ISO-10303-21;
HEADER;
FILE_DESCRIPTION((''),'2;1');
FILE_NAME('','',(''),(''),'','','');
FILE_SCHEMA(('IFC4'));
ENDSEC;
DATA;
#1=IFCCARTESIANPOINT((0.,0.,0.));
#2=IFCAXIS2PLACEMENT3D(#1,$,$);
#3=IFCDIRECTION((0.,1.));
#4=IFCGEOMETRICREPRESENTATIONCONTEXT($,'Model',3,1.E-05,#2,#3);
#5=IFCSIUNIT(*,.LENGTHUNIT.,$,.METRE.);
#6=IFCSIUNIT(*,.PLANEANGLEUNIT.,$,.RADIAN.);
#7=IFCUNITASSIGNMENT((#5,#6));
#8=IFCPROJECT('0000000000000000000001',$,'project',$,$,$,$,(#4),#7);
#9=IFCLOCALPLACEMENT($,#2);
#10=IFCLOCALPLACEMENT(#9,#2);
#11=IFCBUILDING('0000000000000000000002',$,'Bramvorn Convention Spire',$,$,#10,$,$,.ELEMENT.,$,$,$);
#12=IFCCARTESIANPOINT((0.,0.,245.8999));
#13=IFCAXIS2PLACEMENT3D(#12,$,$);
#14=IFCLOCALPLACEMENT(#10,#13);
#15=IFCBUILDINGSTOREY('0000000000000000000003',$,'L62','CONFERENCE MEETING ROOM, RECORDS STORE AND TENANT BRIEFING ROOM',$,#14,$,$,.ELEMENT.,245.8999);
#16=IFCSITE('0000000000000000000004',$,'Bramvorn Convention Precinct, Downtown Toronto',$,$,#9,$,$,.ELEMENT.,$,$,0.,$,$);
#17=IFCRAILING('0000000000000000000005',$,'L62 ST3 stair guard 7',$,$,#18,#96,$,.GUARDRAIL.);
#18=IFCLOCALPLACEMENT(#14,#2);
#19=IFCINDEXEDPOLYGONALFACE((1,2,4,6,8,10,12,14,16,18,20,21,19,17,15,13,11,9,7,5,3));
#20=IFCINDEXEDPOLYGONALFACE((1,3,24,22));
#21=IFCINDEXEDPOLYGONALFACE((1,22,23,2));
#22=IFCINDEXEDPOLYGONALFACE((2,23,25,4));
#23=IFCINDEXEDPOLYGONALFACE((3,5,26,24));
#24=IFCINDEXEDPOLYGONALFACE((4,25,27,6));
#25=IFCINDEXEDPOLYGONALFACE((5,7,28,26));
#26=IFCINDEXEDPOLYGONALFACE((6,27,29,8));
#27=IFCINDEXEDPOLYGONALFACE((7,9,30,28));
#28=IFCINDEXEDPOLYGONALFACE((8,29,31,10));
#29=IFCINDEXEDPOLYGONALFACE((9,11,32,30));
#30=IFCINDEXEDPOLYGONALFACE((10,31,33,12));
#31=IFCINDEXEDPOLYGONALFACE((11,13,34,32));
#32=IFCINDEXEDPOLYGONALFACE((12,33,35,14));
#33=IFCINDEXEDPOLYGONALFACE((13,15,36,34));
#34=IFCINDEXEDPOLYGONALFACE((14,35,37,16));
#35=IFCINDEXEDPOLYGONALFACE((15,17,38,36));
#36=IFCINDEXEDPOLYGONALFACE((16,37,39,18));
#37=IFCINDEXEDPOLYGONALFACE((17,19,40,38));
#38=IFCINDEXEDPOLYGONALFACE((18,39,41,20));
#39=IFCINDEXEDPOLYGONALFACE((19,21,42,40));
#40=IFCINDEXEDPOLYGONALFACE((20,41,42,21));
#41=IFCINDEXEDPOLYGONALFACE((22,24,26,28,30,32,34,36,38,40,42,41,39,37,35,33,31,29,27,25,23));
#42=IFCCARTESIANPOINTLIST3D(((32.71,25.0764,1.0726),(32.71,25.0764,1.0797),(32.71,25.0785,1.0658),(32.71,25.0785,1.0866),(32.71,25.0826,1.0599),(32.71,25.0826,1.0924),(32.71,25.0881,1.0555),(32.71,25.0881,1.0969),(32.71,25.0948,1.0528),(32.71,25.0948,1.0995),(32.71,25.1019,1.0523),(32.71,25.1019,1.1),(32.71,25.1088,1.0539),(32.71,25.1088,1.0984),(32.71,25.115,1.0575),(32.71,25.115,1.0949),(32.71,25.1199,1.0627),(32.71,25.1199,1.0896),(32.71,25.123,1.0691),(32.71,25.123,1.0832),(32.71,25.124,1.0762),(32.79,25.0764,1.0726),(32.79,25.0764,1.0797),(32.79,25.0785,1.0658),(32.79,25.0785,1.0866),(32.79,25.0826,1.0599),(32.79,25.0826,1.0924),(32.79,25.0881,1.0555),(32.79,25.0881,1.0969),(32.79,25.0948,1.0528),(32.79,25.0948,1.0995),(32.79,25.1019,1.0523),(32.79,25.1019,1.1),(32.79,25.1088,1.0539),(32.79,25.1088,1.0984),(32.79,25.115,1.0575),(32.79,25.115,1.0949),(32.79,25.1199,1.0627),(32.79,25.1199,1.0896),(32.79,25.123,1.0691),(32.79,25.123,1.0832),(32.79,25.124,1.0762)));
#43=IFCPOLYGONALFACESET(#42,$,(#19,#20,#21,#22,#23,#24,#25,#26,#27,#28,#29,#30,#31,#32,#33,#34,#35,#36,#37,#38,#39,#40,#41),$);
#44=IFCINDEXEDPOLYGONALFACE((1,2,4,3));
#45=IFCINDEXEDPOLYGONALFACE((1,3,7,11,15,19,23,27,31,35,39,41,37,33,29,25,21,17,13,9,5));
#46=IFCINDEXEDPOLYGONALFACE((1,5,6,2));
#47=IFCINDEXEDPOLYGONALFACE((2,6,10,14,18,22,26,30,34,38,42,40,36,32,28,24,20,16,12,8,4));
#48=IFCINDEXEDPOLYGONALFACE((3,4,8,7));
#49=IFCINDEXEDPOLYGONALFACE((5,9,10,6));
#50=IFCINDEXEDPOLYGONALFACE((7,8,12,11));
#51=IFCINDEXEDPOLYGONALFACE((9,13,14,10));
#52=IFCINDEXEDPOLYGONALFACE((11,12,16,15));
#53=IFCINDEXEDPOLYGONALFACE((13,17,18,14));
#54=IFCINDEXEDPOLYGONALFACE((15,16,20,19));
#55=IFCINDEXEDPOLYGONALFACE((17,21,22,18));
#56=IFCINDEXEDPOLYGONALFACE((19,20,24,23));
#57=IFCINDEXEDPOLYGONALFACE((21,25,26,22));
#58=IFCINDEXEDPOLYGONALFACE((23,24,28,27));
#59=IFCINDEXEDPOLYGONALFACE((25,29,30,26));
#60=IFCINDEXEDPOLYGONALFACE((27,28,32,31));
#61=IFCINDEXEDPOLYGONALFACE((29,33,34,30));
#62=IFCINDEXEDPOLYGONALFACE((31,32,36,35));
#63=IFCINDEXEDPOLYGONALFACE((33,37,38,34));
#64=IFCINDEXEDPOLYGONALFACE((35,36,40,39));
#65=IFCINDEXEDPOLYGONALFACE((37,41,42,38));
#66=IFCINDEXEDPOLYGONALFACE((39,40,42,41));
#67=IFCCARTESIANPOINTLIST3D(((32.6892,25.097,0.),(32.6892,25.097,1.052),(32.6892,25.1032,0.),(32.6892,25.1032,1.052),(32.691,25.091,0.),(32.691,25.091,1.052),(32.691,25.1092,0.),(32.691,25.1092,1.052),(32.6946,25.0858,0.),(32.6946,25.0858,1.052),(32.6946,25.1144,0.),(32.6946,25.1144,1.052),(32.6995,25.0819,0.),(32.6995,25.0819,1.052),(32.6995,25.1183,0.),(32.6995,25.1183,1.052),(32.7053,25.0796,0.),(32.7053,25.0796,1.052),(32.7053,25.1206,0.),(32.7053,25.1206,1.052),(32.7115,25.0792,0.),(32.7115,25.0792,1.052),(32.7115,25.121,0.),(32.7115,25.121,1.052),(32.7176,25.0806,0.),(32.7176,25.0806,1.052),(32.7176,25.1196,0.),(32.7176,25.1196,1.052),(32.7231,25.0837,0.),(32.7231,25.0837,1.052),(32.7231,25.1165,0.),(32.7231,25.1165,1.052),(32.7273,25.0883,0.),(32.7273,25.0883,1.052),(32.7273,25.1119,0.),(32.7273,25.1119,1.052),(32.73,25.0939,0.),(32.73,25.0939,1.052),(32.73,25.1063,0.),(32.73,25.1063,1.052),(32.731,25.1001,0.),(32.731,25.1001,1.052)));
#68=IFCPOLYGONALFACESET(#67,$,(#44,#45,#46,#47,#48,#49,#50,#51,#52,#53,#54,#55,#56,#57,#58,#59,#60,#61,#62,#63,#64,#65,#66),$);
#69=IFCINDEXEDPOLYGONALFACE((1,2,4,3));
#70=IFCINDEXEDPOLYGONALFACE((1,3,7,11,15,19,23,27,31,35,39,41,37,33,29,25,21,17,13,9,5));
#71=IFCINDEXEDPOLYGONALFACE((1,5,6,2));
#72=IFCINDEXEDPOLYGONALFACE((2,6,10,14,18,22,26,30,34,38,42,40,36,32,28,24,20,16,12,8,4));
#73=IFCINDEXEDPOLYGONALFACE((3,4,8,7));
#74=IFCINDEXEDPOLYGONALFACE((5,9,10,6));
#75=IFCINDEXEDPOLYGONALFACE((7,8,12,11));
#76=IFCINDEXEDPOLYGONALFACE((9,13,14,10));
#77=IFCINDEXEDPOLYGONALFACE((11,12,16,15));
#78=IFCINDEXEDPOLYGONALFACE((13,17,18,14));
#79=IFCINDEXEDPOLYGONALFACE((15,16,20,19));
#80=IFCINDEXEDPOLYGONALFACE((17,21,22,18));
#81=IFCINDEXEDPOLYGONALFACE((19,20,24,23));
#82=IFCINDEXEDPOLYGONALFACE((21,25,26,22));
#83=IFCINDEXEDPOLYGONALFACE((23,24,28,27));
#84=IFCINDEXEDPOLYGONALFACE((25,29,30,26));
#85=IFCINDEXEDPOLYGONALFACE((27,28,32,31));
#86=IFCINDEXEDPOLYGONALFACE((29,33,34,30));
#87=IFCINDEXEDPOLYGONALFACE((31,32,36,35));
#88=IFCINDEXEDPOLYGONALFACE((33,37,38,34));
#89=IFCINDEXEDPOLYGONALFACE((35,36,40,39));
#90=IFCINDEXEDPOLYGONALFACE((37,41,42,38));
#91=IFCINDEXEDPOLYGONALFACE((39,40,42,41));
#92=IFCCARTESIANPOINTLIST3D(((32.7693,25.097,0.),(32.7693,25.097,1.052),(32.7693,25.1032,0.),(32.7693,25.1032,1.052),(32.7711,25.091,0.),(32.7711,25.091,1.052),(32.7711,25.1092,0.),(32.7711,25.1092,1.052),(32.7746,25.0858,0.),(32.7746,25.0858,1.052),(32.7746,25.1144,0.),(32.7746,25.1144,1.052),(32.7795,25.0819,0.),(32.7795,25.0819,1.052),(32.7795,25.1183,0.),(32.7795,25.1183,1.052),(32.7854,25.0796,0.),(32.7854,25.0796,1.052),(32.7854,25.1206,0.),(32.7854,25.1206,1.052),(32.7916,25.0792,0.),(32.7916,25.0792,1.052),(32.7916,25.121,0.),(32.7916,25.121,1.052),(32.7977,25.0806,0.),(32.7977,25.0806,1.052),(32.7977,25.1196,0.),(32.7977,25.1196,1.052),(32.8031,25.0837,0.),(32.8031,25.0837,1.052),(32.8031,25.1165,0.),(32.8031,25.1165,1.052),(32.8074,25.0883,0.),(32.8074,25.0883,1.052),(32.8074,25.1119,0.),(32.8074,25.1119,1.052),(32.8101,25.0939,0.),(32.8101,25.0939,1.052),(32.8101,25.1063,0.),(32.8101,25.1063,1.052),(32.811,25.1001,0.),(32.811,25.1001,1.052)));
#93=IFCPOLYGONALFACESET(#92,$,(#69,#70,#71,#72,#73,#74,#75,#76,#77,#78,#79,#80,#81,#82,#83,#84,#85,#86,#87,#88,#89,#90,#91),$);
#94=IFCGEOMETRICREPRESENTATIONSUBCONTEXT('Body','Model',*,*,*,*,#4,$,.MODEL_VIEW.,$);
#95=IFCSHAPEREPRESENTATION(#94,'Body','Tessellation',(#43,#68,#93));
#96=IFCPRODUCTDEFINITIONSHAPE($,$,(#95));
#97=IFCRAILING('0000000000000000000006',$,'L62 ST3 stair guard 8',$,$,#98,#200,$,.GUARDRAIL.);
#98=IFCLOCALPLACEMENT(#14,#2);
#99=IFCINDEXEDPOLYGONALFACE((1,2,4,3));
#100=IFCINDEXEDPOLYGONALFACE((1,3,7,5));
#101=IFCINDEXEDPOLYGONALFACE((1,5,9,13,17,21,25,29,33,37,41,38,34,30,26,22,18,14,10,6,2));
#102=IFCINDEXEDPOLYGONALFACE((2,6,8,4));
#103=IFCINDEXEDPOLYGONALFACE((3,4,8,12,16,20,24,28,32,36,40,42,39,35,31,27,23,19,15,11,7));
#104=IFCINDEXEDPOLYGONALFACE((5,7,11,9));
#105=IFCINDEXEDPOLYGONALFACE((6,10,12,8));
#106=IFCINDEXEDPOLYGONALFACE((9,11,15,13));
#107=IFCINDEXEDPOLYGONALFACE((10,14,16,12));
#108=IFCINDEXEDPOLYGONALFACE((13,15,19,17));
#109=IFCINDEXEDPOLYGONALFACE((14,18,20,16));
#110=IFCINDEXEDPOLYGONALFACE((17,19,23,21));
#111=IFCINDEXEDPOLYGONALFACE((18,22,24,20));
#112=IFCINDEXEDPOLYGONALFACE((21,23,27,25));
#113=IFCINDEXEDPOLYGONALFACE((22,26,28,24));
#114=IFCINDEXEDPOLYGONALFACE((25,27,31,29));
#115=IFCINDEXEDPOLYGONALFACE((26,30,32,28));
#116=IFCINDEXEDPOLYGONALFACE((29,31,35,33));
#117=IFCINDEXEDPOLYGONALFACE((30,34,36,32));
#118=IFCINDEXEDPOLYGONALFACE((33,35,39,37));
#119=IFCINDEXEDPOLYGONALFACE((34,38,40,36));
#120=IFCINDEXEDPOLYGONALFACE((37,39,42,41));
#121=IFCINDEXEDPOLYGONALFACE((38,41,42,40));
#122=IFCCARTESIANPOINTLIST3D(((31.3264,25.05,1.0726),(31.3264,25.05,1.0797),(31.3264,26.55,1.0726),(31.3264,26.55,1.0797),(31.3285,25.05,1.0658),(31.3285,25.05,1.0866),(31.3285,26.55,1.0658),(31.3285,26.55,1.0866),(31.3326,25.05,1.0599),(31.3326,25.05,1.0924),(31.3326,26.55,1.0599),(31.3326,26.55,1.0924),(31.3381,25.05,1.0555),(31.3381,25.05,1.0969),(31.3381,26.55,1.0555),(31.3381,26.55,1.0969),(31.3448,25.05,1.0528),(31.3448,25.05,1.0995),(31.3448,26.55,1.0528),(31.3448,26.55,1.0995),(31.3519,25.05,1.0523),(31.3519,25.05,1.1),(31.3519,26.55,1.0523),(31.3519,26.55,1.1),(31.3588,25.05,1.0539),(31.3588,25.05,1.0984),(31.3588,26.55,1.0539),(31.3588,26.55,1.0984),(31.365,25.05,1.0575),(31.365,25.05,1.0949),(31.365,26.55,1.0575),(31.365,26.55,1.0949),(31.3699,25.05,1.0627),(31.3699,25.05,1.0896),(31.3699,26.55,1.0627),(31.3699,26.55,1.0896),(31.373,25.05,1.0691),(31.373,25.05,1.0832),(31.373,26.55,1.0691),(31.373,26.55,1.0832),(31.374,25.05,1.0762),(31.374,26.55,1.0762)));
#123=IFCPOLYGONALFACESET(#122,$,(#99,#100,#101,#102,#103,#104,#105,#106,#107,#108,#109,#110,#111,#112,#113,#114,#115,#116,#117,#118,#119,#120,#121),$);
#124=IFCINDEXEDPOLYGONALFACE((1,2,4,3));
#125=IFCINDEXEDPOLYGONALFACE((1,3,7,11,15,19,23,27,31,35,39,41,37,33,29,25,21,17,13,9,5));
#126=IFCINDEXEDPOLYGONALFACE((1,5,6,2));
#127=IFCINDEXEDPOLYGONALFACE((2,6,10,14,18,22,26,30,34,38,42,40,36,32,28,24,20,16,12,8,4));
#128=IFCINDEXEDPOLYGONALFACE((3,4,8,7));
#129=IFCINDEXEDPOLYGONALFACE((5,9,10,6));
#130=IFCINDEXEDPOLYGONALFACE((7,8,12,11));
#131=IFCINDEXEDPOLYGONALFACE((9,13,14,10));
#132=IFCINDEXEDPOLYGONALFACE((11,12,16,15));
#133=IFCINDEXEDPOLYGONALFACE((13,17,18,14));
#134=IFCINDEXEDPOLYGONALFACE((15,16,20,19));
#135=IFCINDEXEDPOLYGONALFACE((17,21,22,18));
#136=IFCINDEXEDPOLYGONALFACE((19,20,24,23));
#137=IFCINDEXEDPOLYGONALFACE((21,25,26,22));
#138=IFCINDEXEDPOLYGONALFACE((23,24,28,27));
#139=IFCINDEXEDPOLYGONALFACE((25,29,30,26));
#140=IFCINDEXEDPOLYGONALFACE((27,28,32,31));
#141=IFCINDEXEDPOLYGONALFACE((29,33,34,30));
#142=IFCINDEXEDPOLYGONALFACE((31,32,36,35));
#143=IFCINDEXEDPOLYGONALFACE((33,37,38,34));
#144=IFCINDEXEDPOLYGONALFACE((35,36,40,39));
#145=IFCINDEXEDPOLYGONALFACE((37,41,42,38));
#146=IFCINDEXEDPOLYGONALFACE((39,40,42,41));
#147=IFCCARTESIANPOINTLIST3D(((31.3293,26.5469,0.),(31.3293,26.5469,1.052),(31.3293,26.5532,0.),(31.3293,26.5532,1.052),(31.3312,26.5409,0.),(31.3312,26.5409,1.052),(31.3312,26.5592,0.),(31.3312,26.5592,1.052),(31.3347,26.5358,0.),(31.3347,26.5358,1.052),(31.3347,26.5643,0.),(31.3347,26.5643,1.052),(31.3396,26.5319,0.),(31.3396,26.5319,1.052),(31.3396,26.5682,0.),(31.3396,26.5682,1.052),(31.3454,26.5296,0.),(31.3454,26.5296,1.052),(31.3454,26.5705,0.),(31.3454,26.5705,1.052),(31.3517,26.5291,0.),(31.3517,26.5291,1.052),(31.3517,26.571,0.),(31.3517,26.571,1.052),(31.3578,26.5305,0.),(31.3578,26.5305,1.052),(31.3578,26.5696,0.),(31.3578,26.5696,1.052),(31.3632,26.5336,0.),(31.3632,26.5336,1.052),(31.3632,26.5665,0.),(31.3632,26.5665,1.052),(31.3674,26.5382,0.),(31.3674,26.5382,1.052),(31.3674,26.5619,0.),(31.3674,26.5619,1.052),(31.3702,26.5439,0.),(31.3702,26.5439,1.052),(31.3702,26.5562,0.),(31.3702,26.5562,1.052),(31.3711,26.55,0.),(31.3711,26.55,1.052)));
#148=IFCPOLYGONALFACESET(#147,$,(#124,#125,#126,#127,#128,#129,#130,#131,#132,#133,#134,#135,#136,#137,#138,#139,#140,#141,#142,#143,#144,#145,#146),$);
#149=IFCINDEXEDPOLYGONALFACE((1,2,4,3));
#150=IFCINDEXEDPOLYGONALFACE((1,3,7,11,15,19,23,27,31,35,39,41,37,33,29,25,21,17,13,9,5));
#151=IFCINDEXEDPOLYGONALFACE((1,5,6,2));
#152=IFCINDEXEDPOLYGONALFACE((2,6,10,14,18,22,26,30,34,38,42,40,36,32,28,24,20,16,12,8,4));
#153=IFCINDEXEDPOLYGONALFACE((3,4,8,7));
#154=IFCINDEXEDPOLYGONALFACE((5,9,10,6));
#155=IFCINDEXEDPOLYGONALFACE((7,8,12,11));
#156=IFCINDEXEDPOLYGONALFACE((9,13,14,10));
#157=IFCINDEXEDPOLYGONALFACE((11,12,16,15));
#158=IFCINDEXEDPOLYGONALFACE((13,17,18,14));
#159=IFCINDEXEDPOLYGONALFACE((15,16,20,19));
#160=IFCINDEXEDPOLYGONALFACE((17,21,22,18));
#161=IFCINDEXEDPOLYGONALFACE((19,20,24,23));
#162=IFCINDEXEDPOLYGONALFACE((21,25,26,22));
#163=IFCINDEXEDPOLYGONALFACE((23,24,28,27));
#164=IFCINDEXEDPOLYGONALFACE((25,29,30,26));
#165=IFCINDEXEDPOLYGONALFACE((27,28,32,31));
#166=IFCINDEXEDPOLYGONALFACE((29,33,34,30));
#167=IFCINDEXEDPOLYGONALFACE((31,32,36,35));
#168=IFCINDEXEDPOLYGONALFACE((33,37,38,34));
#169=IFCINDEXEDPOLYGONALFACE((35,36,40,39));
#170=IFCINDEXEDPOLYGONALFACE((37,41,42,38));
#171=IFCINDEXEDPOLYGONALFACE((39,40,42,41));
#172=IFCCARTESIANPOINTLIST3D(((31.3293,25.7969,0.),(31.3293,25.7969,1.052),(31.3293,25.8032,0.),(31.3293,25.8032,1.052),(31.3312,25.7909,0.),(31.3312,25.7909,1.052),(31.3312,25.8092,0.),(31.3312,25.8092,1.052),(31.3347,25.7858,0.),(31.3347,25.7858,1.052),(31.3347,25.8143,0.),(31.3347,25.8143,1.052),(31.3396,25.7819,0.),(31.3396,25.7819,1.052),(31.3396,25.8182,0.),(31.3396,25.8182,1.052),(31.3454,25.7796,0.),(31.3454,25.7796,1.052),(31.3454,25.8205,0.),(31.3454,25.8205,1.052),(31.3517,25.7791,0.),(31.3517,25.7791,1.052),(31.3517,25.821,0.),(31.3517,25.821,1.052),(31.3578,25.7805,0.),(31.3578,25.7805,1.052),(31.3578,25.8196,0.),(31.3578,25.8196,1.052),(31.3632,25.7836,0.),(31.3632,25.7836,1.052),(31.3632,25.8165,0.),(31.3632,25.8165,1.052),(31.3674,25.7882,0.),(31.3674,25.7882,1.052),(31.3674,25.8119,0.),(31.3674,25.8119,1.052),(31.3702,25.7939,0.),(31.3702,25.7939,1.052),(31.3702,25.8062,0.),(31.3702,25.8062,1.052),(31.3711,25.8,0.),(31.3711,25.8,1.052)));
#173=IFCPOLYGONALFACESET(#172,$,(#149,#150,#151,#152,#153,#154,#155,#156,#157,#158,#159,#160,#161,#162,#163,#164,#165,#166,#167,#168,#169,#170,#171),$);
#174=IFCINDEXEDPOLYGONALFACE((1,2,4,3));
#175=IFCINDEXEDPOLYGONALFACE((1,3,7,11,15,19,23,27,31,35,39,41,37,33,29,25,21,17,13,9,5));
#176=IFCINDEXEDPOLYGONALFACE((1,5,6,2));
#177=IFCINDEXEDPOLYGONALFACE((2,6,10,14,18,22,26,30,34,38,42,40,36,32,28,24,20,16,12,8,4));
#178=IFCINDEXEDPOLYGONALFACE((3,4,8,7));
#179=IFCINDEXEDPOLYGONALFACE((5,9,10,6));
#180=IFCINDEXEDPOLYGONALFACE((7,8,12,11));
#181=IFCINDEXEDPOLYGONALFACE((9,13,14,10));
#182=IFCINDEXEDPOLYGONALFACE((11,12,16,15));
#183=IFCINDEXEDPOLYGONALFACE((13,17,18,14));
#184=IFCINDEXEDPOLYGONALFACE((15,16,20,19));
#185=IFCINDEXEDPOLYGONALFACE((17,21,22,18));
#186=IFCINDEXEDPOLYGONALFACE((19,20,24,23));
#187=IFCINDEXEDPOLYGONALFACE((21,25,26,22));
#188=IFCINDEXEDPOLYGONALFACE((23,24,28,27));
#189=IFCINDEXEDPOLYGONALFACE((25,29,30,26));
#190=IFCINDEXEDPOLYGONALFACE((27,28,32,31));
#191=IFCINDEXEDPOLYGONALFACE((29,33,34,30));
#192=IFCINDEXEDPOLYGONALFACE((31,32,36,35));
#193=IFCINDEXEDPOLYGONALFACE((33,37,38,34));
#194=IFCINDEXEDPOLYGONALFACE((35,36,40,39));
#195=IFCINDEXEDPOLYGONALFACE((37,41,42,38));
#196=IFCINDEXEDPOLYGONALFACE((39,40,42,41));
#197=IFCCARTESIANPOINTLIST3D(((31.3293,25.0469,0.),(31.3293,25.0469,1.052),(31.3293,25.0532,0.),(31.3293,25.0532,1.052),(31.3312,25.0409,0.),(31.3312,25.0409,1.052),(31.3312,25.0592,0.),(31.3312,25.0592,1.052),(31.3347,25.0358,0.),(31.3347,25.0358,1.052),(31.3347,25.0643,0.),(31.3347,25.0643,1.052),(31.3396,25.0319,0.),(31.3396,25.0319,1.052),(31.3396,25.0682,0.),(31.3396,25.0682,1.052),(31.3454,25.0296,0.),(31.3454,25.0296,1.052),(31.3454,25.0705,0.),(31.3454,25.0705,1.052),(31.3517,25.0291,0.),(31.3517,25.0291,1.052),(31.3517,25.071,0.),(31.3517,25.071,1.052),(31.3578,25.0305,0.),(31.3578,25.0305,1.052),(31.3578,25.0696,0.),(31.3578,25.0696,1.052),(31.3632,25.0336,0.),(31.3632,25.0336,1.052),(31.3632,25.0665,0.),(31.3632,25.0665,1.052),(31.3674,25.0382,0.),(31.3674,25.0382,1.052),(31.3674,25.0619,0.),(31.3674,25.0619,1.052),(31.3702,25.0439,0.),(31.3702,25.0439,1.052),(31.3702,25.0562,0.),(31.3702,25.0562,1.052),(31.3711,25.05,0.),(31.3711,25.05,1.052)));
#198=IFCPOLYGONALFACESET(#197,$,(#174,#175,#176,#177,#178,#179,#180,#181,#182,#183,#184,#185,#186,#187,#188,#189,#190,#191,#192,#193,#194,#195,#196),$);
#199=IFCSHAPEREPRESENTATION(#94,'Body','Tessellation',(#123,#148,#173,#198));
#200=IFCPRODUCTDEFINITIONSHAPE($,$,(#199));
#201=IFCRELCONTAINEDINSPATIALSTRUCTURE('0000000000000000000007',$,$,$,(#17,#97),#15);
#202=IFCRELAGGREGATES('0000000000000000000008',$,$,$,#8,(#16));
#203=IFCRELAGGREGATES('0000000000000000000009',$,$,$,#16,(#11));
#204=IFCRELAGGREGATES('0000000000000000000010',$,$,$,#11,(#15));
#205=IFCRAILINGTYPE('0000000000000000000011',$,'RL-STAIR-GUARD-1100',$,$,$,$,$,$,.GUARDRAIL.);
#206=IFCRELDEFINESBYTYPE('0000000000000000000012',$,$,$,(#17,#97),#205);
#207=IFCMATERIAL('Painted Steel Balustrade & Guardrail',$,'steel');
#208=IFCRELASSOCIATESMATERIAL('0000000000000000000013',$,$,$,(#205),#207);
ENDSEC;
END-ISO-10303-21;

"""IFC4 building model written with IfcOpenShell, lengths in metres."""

from ifc_helpers import new_model, si_unit, direction, frame, origin, origin_2d, place, context, subcontext, project, spatial, circle, extrude, material, type_object, element, save


model = new_model("IFC4")

# Units and contexts
model_context = context("Model", 3, precision=1e-05, world=origin(), true_north=direction((0.0, 1.0)))
body_context = subcontext(model_context, "Body", "Model", "MODEL_VIEW")
ifc_project = project(units=[si_unit("LENGTHUNIT", "METRE"), si_unit("PLANEANGLEUNIT", "RADIAN")], contexts=[model_context])

# Site, building, storey
site_placement = place(None, origin())
site = spatial("IfcSite", under=ifc_project, at=site_placement, Name="Bramvorn Convention Precinct, Downtown Toronto", CompositionType="ELEMENT", RefElevation=0.0)
building_placement = place(site_placement, origin())
building = spatial("IfcBuilding", under=site, at=building_placement, Name="Bramvorn Convention Spire", CompositionType="ELEMENT")
storey_placement = place(building_placement, frame((0.0, 0.0, 245.8999)))
storey = spatial("IfcBuildingStorey", under=building, at=storey_placement, Name="L62", Description="CONFERENCE MEETING ROOM, RECORDS STORE AND TENANT BRIEFING ROOM", CompositionType="ELEMENT", Elevation=245.8999)

# Railings
ifc_material_1 = material(Name="Painted Steel Balustrade & Guardrail", Category="steel")
railing_type_1 = type_object("IfcRailingType", Name="RL-STAIR-GUARD-1100", PredefinedType="GUARDRAIL", material=ifc_material_1)
railing_1_placement = place(storey_placement, frame((32.71, 25.1001, 0.0)))
element("IfcRailing", 1, at=railing_1_placement, inside=storey, type_object=railing_type_1, Name="L62 ST3 stair guard 7", PredefinedType="GUARDRAIL", context=body_context, shape_type="SweptSolid", body=[
    extrude(circle(Radius=0.0239, at=origin_2d()), frame((0.0, 0.0, 1.0762), z_axis=(1.0, 0.0, 0.0), x_axis=(0.0, 1.0, 0.0)), (0.0, 0.0, 1.0), 0.0801),
    extrude(circle(Radius=0.021, at=origin_2d()), origin(), (0.0, 0.0, 1.0), 1.052),
    extrude(circle(Radius=0.021, at=origin_2d()), frame((0.0801, 0.0, 0.0)), (0.0, 0.0, 1.0), 1.052),
])
for number, where, name in (
    (2, (31.3501, 26.55, 0.0), "L62 ST3 stair guard 8"),
):
    element("IfcRailing", number, at=place(storey_placement, frame(where)), inside=storey, type_object=railing_type_1, Name=name, PredefinedType="GUARDRAIL", context=body_context, shape_type="SweptSolid", body=[
        extrude(circle(Radius=0.0239, at=origin_2d()), frame((0.0, 0.0, 1.0762), z_axis=(0.0, -1.0, 0.0), x_axis=(1.0, 0.0, 0.0)), (0.0, 0.0, 1.0), 1.5),
        extrude(circle(Radius=0.021, at=origin_2d()), origin(), (0.0, 0.0, 1.0), 1.052),
        extrude(circle(Radius=0.021, at=origin_2d()), frame((0.0, -0.75, 0.0)), (0.0, 0.0, 1.0), 1.052),
        extrude(circle(Radius=0.021, at=origin_2d()), frame((0.0, -1.5, 0.0)), (0.0, 0.0, 1.0), 1.052),
    ])

save(model, "model.ifc")
